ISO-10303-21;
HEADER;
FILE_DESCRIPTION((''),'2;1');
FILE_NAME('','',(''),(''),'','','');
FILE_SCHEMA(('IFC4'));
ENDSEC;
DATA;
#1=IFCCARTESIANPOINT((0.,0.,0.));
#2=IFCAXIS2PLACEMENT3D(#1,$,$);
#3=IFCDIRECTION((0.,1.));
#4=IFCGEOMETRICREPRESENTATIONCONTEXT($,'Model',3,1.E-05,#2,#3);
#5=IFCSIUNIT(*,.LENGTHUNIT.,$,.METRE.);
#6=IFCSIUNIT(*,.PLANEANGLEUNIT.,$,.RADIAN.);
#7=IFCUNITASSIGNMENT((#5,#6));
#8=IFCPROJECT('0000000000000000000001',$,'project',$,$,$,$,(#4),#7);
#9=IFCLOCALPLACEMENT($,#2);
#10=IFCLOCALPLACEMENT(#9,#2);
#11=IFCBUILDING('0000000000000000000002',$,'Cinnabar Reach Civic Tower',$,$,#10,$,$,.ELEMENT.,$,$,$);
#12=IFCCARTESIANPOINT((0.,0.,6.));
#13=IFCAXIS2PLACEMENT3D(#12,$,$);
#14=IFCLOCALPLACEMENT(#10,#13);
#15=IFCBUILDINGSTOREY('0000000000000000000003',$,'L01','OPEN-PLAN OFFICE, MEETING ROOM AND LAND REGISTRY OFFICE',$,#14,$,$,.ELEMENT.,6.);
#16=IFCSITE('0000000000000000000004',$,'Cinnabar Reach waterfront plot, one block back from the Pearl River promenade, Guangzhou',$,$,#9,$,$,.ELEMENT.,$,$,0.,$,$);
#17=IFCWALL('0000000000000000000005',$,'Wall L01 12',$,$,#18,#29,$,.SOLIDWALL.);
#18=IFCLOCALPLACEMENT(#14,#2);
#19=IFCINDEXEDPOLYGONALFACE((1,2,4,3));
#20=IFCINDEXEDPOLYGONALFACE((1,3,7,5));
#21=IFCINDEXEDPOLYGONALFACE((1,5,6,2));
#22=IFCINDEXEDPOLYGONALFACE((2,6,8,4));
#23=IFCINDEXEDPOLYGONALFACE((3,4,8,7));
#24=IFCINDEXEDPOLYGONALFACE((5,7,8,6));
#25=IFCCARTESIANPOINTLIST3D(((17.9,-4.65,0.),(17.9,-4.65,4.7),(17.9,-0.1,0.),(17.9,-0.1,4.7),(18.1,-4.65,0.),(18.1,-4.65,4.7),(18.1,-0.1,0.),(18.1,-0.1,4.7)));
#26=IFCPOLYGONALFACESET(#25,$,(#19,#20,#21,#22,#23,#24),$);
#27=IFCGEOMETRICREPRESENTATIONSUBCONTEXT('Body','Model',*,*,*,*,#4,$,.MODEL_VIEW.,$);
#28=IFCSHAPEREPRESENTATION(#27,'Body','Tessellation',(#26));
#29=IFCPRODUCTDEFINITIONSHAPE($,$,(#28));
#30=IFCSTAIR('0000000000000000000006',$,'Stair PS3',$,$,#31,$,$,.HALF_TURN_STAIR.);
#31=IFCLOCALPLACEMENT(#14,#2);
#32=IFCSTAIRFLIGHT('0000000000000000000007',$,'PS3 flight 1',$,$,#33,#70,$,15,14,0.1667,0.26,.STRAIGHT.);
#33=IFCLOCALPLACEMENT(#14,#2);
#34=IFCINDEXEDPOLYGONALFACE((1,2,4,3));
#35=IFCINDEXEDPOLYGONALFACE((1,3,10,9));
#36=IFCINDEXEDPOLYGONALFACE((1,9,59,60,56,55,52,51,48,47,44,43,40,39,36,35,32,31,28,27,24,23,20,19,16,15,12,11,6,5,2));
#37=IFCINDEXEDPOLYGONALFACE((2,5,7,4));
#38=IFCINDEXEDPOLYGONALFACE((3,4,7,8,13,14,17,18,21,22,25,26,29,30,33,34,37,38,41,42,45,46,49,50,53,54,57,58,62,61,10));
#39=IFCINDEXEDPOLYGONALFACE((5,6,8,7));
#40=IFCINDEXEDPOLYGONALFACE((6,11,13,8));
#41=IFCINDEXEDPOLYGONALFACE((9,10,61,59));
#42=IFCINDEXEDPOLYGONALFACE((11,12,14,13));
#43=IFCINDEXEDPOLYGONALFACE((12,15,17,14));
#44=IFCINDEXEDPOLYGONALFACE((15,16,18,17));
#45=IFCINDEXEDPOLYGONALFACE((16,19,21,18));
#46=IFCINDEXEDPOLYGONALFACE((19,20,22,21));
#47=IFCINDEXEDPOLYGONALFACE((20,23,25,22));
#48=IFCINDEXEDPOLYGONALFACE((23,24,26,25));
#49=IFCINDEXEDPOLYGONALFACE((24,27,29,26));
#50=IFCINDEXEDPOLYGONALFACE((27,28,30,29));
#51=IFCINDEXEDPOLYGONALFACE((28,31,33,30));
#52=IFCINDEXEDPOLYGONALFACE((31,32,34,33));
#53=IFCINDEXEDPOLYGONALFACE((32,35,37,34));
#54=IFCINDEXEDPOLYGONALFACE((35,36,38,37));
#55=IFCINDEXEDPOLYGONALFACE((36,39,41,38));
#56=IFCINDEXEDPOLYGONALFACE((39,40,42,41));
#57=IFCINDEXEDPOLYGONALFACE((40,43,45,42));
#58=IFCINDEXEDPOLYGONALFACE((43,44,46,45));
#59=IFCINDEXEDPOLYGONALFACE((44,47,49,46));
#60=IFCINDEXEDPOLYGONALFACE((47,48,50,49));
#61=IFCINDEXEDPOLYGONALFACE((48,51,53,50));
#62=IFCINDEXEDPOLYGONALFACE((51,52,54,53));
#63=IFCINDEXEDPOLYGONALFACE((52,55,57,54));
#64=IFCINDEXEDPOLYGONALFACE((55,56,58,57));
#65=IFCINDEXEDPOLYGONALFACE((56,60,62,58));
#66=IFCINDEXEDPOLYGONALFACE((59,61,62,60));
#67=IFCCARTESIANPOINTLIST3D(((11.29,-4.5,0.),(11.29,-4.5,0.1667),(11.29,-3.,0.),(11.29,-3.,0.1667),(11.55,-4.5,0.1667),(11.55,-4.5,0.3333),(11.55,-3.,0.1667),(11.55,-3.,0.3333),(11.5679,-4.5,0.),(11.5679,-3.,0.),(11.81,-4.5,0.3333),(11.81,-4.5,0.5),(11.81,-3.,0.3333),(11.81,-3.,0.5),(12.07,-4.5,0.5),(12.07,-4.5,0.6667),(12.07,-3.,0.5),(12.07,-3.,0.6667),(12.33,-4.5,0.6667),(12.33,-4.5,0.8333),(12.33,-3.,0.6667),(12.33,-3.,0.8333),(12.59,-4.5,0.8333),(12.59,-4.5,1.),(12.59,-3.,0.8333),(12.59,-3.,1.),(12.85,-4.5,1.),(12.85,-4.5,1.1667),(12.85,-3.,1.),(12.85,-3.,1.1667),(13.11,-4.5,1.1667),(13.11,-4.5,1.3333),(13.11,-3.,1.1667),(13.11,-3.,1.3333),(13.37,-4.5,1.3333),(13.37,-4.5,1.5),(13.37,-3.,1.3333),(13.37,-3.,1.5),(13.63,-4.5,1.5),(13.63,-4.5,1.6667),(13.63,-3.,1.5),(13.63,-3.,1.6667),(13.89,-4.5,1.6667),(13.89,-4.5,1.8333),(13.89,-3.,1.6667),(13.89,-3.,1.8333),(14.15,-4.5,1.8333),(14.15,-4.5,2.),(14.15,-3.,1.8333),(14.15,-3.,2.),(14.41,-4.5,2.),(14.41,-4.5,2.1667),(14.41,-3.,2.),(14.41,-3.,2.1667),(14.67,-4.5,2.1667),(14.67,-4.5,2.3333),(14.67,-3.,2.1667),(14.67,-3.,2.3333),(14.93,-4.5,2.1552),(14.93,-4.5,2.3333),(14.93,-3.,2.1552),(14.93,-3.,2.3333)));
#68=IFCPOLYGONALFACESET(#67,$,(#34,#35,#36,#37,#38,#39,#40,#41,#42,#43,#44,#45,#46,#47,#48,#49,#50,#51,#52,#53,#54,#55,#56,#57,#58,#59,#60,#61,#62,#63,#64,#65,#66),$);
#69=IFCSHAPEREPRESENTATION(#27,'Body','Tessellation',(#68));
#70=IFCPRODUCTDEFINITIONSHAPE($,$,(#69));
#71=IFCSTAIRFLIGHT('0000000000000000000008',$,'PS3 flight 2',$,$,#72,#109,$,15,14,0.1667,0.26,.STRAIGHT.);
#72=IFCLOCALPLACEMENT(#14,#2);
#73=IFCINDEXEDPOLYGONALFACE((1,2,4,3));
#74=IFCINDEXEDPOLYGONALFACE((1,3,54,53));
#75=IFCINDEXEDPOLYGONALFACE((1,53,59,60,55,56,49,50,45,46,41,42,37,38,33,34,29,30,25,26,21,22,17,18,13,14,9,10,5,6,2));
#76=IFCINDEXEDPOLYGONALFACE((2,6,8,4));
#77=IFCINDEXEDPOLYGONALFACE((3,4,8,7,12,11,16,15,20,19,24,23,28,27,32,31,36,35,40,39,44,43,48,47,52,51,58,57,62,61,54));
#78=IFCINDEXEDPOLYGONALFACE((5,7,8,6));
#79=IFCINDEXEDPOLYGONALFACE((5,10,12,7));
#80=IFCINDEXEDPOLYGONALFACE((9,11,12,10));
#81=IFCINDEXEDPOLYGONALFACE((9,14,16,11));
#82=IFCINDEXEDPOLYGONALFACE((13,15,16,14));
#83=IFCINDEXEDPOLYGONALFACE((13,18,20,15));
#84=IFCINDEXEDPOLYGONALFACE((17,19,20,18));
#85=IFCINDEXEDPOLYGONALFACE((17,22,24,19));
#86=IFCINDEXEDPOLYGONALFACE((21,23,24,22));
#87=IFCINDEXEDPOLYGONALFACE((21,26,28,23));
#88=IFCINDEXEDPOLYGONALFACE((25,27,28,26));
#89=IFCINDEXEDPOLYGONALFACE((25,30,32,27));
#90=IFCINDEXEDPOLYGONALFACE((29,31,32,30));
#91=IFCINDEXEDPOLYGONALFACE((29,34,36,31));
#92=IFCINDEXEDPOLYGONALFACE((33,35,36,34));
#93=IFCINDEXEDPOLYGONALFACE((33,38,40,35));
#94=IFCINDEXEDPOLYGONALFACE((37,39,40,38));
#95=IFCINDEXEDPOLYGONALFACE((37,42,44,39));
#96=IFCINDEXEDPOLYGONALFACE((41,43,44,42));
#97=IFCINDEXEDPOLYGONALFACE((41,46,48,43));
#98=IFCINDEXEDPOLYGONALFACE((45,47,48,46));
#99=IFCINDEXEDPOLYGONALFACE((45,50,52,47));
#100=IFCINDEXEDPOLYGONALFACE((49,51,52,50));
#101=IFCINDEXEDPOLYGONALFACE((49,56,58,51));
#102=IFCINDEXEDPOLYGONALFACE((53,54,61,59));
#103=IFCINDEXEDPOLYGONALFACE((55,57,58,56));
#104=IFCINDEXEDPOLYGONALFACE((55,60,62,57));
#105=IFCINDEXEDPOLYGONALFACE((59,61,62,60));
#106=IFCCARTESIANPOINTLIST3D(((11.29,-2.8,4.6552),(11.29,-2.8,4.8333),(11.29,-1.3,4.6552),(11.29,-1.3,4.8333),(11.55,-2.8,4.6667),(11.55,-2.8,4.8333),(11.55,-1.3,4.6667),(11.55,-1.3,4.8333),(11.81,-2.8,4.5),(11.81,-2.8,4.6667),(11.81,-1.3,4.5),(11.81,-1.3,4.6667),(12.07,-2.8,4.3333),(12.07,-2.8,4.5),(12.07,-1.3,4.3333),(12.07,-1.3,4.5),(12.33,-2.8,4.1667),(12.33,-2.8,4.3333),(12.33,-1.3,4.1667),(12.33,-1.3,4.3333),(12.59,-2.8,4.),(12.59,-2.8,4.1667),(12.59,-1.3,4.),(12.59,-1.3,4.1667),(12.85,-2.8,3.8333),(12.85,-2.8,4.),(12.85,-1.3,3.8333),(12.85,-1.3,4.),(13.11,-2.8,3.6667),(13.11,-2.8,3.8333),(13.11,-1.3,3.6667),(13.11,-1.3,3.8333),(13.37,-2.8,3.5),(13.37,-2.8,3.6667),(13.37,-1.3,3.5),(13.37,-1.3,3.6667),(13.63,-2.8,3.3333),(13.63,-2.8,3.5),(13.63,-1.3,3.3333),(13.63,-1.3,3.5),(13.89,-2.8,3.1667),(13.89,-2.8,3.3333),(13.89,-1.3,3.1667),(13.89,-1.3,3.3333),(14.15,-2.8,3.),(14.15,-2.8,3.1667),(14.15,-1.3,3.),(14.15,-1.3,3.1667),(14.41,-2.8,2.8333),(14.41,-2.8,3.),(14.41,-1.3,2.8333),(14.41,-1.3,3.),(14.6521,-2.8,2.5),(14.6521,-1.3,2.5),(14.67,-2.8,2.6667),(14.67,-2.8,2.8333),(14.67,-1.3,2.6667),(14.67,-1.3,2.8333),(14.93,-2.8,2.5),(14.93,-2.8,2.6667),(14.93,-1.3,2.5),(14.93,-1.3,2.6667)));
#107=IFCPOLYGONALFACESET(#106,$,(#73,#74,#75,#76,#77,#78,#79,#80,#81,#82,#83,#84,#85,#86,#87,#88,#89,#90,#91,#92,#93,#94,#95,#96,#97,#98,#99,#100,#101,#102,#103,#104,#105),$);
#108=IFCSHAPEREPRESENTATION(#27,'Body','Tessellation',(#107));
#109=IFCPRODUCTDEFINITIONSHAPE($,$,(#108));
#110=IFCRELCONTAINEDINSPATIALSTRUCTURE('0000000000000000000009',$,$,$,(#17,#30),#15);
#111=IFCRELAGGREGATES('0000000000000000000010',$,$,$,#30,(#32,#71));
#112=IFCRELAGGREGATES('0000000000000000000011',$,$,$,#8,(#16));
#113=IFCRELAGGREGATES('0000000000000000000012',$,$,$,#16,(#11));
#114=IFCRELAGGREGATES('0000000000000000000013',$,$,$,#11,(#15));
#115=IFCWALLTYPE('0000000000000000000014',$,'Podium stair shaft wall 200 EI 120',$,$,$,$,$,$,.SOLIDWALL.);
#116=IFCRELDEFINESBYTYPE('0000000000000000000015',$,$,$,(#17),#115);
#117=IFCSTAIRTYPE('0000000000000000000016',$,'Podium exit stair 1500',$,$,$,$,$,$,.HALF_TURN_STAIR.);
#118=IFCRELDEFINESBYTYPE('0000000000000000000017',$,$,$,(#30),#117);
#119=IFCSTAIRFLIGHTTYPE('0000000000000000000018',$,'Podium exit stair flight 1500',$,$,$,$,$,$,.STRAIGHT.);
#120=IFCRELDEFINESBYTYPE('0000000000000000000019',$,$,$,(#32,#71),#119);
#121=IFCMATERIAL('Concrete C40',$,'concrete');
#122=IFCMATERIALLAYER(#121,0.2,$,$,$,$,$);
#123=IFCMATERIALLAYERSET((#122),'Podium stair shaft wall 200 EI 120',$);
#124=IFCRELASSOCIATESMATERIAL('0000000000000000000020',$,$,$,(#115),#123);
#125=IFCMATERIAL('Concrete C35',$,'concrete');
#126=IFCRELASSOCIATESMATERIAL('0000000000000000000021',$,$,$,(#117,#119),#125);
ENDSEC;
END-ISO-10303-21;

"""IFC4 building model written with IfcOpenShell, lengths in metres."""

from ifc_helpers import new_model, si_unit, direction, frame, frame_2d, origin, place, context, subcontext, project, spatial, polyline, rectangle, outline, extrude, material, layer, layer_set, type_object, element, aggregate, save


model = new_model("IFC4")

# Units and contexts
model_context = context("Model", 3, precision=1e-05, world=origin(), true_north=direction((0.0, 1.0)))
body_context = subcontext(model_context, "Body", "Model", "MODEL_VIEW")
ifc_project = project(units=[si_unit("LENGTHUNIT", "METRE"), si_unit("PLANEANGLEUNIT", "RADIAN")], contexts=[model_context])

# Site, building, storey
site_placement = place(None, origin())
site = spatial("IfcSite", under=ifc_project, at=site_placement, Name="Cinnabar Reach waterfront plot, one block back from the Pearl River promenade, Guangzhou", CompositionType="ELEMENT", RefElevation=0.0)
building_placement = place(site_placement, origin())
building = spatial("IfcBuilding", under=site, at=building_placement, Name="Cinnabar Reach Civic Tower", CompositionType="ELEMENT")
storey_placement = place(building_placement, frame((0.0, 0.0, 6.0)))
storey = spatial("IfcBuildingStorey", under=building, at=storey_placement, Name="L01", Description="OPEN-PLAN OFFICE, MEETING ROOM AND LAND REGISTRY OFFICE", CompositionType="ELEMENT", Elevation=6.0)

# Wall
ifc_material_1 = material(Name="Concrete C40", Category="concrete")
ifc_layer_1 = layer(ifc_material_1, 0.2)
ifc_layer_set_1 = layer_set([ifc_layer_1], Name="Podium stair shaft wall 200 EI 120")
wall_type_1 = type_object("IfcWallType", Name="Podium stair shaft wall 200 EI 120", PredefinedType="SOLIDWALL", material=ifc_layer_set_1)
wall_1_placement = place(storey_placement, frame((18.0, -4.65, 0.0), z_axis=(0.0, 0.0, 1.0), x_axis=(0.0, 1.0, 0.0)))
element("IfcWall", 1, at=wall_1_placement, inside=storey, type_object=wall_type_1, Name="Wall L01 12", PredefinedType="SOLIDWALL", context=body_context, shape_type="SweptSolid", body=[
    extrude(rectangle(XDim=4.55, YDim=0.2, at=frame_2d((2.275, 0.0))), origin(), (0.0, 0.0, 1.0), 4.7),
])

# Stair, stair flights
ifc_material_2 = material(Name="Concrete C35", Category="concrete")
stair_type_1 = type_object("IfcStairType", Name="Podium exit stair 1500", PredefinedType="HALF_TURN_STAIR", material=ifc_material_2)
stair_1_placement = place(storey_placement, origin())
stair_1 = element("IfcStair", 2, at=stair_1_placement, inside=storey, type_object=stair_type_1, Name="Stair PS3", PredefinedType="HALF_TURN_STAIR")
stair_flight_type = type_object("IfcStairFlightType", Name="Podium exit stair flight 1500", PredefinedType="STRAIGHT", material=ifc_material_2)
stair_flight_1_placement = place(storey_placement, frame((11.29, -3.75, 0.0), z_axis=(0.0, 0.0, 1.0), x_axis=(1.0, 0.0, 0.0)))
stair_flight_1 = element("IfcStairFlight", 3, at=stair_flight_1_placement, type_object=stair_flight_type, Name="PS3 flight 1", NumberOfRisers=15, NumberOfTreads=14, PredefinedType="STRAIGHT", RiserHeight=0.1667, TreadLength=0.26, context=body_context, shape_type="SweptSolid", body=[
    extrude(outline(polyline([(0.0, 0.0), (0.0, 0.1667), (0.26, 0.1667), (0.26, 0.3333), (0.52, 0.3333), (0.52, 0.5), (0.78, 0.5), (0.78, 0.6667), (1.04, 0.6667), (1.04, 0.8333), (1.3, 0.8333), (1.3, 1.0), (1.56, 1.0), (1.56, 1.1667), (1.82, 1.1667), (1.82, 1.3333), (2.08, 1.3333), (2.08, 1.5), (2.34, 1.5), (2.34, 1.6667), (2.6, 1.6667), (2.6, 1.8333), (2.86, 1.8333), (2.86, 2.0), (3.12, 2.0), (3.12, 2.1667), (3.38, 2.1667), (3.38, 2.3333), (3.64, 2.3333), (3.64, 2.5), (3.64, 2.1552), (0.2779, 0.0), (0.0, 0.0)])), frame((0.0, 0.75, 0.0), z_axis=(0.0, -1.0, 0.0), x_axis=(1.0, 0.0, 0.0)), (0.0, 0.0, 1.0), 1.5),
])
stair_flight_2_placement = place(storey_placement, frame((14.93, -2.05, 2.5), z_axis=(0.0, 0.0, 1.0), x_axis=(-1.0, 0.0, 0.0)))
stair_flight_2 = element("IfcStairFlight", 4, at=stair_flight_2_placement, type_object=stair_flight_type, Name="PS3 flight 2", NumberOfRisers=15, NumberOfTreads=14, PredefinedType="STRAIGHT", RiserHeight=0.1667, TreadLength=0.26, context=body_context, shape_type="SweptSolid", body=[
    extrude(outline(polyline([(0.0, 0.0), (0.0, 0.1667), (0.26, 0.1667), (0.26, 0.3333), (0.52, 0.3333), (0.52, 0.5), (0.78, 0.5), (0.78, 0.6667), (1.04, 0.6667), (1.04, 0.8333), (1.3, 0.8333), (1.3, 1.0), (1.56, 1.0), (1.56, 1.1667), (1.82, 1.1667), (1.82, 1.3333), (2.08, 1.3333), (2.08, 1.5), (2.34, 1.5), (2.34, 1.6667), (2.6, 1.6667), (2.6, 1.8333), (2.86, 1.8333), (2.86, 2.0), (3.12, 2.0), (3.12, 2.1667), (3.38, 2.1667), (3.38, 2.3333), (3.64, 2.3333), (3.64, 2.5), (3.64, 2.1552), (0.2779, 0.0), (0.0, 0.0)])), frame((0.0, 0.75, 0.0), z_axis=(0.0, -1.0, 0.0), x_axis=(1.0, 0.0, 0.0)), (0.0, 0.0, 1.0), 1.5),
])
aggregate(stair_1, [stair_flight_1, stair_flight_2])

save(model, "model.ifc")
